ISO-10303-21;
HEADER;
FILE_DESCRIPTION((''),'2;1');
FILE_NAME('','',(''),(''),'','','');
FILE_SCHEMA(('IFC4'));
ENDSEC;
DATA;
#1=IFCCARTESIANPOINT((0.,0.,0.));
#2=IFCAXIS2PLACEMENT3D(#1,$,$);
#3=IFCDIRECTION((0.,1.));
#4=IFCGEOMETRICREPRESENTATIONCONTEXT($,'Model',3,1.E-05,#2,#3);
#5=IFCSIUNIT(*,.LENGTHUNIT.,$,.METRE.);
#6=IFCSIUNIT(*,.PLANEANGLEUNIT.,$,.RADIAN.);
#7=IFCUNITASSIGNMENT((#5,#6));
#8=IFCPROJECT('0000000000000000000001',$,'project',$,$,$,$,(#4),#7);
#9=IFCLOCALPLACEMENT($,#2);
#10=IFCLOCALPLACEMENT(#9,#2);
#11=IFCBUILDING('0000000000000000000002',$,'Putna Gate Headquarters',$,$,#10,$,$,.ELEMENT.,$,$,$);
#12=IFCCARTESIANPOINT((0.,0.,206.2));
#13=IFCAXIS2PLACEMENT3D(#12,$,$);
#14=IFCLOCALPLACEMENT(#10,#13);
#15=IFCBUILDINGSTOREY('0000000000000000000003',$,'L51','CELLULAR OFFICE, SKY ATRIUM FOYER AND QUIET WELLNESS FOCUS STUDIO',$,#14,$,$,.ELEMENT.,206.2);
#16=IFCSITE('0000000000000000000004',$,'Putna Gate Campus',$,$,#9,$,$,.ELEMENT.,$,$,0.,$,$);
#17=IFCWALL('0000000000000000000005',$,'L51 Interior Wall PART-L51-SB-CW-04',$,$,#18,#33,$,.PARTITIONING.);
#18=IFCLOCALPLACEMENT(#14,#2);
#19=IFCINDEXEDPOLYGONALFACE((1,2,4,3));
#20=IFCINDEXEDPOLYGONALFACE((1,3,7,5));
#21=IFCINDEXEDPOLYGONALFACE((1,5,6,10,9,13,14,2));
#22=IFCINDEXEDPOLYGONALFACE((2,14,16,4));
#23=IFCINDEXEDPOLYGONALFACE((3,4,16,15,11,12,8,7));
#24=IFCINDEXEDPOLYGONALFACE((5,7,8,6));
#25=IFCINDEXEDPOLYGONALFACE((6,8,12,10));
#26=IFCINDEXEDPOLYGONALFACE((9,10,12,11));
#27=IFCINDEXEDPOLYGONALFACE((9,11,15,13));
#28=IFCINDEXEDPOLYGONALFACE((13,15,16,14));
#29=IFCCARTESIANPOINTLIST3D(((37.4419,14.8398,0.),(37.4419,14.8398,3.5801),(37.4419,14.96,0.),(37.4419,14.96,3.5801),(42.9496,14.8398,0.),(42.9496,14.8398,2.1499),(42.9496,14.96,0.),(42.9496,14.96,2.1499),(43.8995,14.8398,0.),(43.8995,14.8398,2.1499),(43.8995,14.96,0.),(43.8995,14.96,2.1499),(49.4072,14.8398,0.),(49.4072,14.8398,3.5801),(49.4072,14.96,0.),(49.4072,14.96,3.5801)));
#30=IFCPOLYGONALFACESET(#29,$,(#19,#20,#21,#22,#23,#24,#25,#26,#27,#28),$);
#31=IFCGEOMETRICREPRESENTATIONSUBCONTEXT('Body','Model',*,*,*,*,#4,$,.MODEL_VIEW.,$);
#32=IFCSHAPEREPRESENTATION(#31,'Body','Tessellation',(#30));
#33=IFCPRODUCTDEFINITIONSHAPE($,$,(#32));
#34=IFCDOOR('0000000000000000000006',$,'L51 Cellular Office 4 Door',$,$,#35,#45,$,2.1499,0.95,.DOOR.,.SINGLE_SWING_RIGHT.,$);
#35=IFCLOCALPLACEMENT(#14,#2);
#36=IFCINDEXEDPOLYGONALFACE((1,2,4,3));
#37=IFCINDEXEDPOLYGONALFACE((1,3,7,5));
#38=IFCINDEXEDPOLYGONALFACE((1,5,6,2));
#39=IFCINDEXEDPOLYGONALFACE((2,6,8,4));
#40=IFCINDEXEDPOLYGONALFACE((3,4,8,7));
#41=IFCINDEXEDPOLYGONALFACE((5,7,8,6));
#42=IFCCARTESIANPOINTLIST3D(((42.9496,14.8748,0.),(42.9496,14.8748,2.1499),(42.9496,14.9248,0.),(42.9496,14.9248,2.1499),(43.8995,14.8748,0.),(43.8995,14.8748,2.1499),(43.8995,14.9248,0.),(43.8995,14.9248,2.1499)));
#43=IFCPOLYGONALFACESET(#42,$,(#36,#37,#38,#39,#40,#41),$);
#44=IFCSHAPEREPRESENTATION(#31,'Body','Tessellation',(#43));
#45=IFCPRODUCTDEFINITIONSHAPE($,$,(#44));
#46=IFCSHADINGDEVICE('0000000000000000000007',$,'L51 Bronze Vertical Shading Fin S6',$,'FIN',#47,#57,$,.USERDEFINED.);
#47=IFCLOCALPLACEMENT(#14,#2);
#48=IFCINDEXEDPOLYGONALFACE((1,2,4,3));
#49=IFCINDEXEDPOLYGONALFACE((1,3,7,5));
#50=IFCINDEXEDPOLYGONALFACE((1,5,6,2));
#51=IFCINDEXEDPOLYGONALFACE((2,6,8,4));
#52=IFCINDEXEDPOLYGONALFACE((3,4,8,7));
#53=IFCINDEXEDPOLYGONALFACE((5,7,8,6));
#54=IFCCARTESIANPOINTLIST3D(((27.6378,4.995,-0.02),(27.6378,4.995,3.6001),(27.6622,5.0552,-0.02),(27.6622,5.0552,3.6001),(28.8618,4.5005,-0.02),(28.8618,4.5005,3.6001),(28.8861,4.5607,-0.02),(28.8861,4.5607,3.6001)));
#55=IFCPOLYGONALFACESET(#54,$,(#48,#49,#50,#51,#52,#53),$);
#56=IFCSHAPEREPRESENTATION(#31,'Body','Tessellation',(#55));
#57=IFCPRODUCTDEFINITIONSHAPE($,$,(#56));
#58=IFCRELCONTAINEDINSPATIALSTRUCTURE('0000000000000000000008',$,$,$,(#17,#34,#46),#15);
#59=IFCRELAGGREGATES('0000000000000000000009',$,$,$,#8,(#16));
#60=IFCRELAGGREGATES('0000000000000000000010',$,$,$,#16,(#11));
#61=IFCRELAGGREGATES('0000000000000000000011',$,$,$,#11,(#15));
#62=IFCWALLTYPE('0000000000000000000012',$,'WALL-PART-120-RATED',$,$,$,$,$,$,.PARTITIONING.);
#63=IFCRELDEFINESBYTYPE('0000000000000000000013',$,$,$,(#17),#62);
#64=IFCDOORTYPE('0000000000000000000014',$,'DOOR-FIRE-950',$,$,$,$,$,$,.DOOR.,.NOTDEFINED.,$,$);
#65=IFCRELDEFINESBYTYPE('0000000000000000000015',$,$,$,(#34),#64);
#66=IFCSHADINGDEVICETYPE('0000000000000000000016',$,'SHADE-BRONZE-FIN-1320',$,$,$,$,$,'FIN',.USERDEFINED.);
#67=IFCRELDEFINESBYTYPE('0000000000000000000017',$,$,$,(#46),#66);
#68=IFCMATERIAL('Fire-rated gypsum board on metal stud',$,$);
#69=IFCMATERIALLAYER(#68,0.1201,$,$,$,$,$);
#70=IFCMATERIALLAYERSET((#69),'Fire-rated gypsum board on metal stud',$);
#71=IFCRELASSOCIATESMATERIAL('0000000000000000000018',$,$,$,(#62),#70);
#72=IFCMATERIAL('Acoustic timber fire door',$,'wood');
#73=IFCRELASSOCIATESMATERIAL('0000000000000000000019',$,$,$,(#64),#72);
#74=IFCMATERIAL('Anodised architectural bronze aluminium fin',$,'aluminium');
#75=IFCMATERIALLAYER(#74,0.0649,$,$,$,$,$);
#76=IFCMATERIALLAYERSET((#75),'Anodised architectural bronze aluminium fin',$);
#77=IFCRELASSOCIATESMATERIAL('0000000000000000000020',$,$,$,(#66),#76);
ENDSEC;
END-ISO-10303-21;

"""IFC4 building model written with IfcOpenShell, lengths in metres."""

from ifc_helpers import new_model, si_unit, direction, frame, frame_2d, origin, origin_2d, place, context, subcontext, project, spatial, rectangle, extrude, material, layer, layer_set, type_object, element, fill, save


model = new_model("IFC4")

# Units and contexts
model_context = context("Model", 3, precision=1e-05, world=origin(), true_north=direction((0.0, 1.0)))
body_context = subcontext(model_context, "Body", "Model", "MODEL_VIEW")
ifc_project = project(units=[si_unit("LENGTHUNIT", "METRE"), si_unit("PLANEANGLEUNIT", "RADIAN")], contexts=[model_context])

# Site, building, storey
site_placement = place(None, origin())
site = spatial("IfcSite", under=ifc_project, at=site_placement, Name="Putna Gate Campus", CompositionType="ELEMENT", RefElevation=0.0)
building_placement = place(site_placement, origin())
building = spatial("IfcBuilding", under=site, at=building_placement, Name="Putna Gate Headquarters", CompositionType="ELEMENT")
storey_placement = place(building_placement, frame((0.0, 0.0, 206.2)))
storey = spatial("IfcBuildingStorey", under=building, at=storey_placement, Name="L51", Description="CELLULAR OFFICE, SKY ATRIUM FOYER AND QUIET WELLNESS FOCUS STUDIO", CompositionType="ELEMENT", Elevation=206.2)

# Wall, opening, door
ifc_material_1 = material(Name="Fire-rated gypsum board on metal stud")
ifc_layer_1 = layer(ifc_material_1, 0.1201)
ifc_layer_set_1 = layer_set([ifc_layer_1], Name="Fire-rated gypsum board on metal stud")
wall_type_1 = type_object("IfcWallType", Name="WALL-PART-120-RATED", PredefinedType="PARTITIONING", material=ifc_layer_set_1)
ifc_material_2 = material(Name="Acoustic timber fire door", Category="wood")
door_type = type_object("IfcDoorType", Name="DOOR-FIRE-950", OperationType="NOTDEFINED", PredefinedType="DOOR", material=ifc_material_2)
wall_1_placement = place(storey_placement, frame((37.4419, 14.8999, 0.0), z_axis=(0.0, 0.0, 1.0), x_axis=(1.0, 0.0, 0.0)))
wall_1 = element("IfcWall", 1, at=wall_1_placement, inside=storey, type_object=wall_type_1, Name="L51 Interior Wall PART-L51-SB-CW-04", PredefinedType="PARTITIONING", context=body_context, shape_type="SweptSolid", body=[
    extrude(rectangle(XDim=11.9653, YDim=0.1201, at=frame_2d((5.9827, 0.0))), origin(), (0.0, 0.0, 1.0), 3.5801),
])
opening_1_placement = place(wall_1_placement, frame((5.5076, 0.0, 0.0)))
opening_1 = element("IfcOpeningElement", 2, at=opening_1_placement, cuts=wall_1, PredefinedType="OPENING", context=body_context, shape_type="SweptSolid", body=[
    extrude(rectangle(XDim=0.95, YDim=2.1499, at=frame_2d((0.4751, 1.075))), frame((0.0, 0.0701, 0.0), z_axis=(0.0, -1.0, 0.0), x_axis=(1.0, 0.0, 0.0)), (0.0, 0.0, 1.0), 0.1401),
])
door_1_placement = place(opening_1_placement, origin())
door_1 = element("IfcDoor", 3, at=door_1_placement, inside=storey, type_object=door_type, Name="L51 Cellular Office 4 Door", OperationType="SINGLE_SWING_RIGHT", OverallHeight=2.1499, OverallWidth=0.95, PredefinedType="DOOR", context=body_context, shape_type="SweptSolid", body=[
    extrude(rectangle(XDim=0.95, YDim=2.1499, at=frame_2d((0.4751, 1.075))), frame((0.0, 0.0249, 0.0), z_axis=(0.0, -1.0, 0.0), x_axis=(1.0, 0.0, 0.0)), (0.0, 0.0, 1.0), 0.05),
])
fill(opening_1, door_1)

# Shading device
ifc_material_3 = material(Name="Anodised architectural bronze aluminium fin", Category="aluminium")
ifc_layer_2 = layer(ifc_material_3, 0.0649)
ifc_layer_set_2 = layer_set([ifc_layer_2], Name="Anodised architectural bronze aluminium fin")
shading_device_type = type_object("IfcShadingDeviceType", Name="SHADE-BRONZE-FIN-1320", ElementType="FIN", PredefinedType="USERDEFINED", material=ifc_layer_set_2)
shading_device_placement = place(storey_placement, frame((28.262, 4.7778, -0.02), z_axis=(0.0, 0.0, 1.0), x_axis=(0.927184, -0.374607, 0.0)))
element("IfcShadingDevice", 4, at=shading_device_placement, inside=storey, type_object=shading_device_type, Name="L51 Bronze Vertical Shading Fin S6", ObjectType="FIN", PredefinedType="USERDEFINED", context=body_context, shape_type="SweptSolid", body=[
    extrude(rectangle(XDim=1.3201, YDim=0.0649, at=origin_2d()), origin(), (0.0, 0.0, 1.0), 3.6201),
])

save(model, "model.ifc")
